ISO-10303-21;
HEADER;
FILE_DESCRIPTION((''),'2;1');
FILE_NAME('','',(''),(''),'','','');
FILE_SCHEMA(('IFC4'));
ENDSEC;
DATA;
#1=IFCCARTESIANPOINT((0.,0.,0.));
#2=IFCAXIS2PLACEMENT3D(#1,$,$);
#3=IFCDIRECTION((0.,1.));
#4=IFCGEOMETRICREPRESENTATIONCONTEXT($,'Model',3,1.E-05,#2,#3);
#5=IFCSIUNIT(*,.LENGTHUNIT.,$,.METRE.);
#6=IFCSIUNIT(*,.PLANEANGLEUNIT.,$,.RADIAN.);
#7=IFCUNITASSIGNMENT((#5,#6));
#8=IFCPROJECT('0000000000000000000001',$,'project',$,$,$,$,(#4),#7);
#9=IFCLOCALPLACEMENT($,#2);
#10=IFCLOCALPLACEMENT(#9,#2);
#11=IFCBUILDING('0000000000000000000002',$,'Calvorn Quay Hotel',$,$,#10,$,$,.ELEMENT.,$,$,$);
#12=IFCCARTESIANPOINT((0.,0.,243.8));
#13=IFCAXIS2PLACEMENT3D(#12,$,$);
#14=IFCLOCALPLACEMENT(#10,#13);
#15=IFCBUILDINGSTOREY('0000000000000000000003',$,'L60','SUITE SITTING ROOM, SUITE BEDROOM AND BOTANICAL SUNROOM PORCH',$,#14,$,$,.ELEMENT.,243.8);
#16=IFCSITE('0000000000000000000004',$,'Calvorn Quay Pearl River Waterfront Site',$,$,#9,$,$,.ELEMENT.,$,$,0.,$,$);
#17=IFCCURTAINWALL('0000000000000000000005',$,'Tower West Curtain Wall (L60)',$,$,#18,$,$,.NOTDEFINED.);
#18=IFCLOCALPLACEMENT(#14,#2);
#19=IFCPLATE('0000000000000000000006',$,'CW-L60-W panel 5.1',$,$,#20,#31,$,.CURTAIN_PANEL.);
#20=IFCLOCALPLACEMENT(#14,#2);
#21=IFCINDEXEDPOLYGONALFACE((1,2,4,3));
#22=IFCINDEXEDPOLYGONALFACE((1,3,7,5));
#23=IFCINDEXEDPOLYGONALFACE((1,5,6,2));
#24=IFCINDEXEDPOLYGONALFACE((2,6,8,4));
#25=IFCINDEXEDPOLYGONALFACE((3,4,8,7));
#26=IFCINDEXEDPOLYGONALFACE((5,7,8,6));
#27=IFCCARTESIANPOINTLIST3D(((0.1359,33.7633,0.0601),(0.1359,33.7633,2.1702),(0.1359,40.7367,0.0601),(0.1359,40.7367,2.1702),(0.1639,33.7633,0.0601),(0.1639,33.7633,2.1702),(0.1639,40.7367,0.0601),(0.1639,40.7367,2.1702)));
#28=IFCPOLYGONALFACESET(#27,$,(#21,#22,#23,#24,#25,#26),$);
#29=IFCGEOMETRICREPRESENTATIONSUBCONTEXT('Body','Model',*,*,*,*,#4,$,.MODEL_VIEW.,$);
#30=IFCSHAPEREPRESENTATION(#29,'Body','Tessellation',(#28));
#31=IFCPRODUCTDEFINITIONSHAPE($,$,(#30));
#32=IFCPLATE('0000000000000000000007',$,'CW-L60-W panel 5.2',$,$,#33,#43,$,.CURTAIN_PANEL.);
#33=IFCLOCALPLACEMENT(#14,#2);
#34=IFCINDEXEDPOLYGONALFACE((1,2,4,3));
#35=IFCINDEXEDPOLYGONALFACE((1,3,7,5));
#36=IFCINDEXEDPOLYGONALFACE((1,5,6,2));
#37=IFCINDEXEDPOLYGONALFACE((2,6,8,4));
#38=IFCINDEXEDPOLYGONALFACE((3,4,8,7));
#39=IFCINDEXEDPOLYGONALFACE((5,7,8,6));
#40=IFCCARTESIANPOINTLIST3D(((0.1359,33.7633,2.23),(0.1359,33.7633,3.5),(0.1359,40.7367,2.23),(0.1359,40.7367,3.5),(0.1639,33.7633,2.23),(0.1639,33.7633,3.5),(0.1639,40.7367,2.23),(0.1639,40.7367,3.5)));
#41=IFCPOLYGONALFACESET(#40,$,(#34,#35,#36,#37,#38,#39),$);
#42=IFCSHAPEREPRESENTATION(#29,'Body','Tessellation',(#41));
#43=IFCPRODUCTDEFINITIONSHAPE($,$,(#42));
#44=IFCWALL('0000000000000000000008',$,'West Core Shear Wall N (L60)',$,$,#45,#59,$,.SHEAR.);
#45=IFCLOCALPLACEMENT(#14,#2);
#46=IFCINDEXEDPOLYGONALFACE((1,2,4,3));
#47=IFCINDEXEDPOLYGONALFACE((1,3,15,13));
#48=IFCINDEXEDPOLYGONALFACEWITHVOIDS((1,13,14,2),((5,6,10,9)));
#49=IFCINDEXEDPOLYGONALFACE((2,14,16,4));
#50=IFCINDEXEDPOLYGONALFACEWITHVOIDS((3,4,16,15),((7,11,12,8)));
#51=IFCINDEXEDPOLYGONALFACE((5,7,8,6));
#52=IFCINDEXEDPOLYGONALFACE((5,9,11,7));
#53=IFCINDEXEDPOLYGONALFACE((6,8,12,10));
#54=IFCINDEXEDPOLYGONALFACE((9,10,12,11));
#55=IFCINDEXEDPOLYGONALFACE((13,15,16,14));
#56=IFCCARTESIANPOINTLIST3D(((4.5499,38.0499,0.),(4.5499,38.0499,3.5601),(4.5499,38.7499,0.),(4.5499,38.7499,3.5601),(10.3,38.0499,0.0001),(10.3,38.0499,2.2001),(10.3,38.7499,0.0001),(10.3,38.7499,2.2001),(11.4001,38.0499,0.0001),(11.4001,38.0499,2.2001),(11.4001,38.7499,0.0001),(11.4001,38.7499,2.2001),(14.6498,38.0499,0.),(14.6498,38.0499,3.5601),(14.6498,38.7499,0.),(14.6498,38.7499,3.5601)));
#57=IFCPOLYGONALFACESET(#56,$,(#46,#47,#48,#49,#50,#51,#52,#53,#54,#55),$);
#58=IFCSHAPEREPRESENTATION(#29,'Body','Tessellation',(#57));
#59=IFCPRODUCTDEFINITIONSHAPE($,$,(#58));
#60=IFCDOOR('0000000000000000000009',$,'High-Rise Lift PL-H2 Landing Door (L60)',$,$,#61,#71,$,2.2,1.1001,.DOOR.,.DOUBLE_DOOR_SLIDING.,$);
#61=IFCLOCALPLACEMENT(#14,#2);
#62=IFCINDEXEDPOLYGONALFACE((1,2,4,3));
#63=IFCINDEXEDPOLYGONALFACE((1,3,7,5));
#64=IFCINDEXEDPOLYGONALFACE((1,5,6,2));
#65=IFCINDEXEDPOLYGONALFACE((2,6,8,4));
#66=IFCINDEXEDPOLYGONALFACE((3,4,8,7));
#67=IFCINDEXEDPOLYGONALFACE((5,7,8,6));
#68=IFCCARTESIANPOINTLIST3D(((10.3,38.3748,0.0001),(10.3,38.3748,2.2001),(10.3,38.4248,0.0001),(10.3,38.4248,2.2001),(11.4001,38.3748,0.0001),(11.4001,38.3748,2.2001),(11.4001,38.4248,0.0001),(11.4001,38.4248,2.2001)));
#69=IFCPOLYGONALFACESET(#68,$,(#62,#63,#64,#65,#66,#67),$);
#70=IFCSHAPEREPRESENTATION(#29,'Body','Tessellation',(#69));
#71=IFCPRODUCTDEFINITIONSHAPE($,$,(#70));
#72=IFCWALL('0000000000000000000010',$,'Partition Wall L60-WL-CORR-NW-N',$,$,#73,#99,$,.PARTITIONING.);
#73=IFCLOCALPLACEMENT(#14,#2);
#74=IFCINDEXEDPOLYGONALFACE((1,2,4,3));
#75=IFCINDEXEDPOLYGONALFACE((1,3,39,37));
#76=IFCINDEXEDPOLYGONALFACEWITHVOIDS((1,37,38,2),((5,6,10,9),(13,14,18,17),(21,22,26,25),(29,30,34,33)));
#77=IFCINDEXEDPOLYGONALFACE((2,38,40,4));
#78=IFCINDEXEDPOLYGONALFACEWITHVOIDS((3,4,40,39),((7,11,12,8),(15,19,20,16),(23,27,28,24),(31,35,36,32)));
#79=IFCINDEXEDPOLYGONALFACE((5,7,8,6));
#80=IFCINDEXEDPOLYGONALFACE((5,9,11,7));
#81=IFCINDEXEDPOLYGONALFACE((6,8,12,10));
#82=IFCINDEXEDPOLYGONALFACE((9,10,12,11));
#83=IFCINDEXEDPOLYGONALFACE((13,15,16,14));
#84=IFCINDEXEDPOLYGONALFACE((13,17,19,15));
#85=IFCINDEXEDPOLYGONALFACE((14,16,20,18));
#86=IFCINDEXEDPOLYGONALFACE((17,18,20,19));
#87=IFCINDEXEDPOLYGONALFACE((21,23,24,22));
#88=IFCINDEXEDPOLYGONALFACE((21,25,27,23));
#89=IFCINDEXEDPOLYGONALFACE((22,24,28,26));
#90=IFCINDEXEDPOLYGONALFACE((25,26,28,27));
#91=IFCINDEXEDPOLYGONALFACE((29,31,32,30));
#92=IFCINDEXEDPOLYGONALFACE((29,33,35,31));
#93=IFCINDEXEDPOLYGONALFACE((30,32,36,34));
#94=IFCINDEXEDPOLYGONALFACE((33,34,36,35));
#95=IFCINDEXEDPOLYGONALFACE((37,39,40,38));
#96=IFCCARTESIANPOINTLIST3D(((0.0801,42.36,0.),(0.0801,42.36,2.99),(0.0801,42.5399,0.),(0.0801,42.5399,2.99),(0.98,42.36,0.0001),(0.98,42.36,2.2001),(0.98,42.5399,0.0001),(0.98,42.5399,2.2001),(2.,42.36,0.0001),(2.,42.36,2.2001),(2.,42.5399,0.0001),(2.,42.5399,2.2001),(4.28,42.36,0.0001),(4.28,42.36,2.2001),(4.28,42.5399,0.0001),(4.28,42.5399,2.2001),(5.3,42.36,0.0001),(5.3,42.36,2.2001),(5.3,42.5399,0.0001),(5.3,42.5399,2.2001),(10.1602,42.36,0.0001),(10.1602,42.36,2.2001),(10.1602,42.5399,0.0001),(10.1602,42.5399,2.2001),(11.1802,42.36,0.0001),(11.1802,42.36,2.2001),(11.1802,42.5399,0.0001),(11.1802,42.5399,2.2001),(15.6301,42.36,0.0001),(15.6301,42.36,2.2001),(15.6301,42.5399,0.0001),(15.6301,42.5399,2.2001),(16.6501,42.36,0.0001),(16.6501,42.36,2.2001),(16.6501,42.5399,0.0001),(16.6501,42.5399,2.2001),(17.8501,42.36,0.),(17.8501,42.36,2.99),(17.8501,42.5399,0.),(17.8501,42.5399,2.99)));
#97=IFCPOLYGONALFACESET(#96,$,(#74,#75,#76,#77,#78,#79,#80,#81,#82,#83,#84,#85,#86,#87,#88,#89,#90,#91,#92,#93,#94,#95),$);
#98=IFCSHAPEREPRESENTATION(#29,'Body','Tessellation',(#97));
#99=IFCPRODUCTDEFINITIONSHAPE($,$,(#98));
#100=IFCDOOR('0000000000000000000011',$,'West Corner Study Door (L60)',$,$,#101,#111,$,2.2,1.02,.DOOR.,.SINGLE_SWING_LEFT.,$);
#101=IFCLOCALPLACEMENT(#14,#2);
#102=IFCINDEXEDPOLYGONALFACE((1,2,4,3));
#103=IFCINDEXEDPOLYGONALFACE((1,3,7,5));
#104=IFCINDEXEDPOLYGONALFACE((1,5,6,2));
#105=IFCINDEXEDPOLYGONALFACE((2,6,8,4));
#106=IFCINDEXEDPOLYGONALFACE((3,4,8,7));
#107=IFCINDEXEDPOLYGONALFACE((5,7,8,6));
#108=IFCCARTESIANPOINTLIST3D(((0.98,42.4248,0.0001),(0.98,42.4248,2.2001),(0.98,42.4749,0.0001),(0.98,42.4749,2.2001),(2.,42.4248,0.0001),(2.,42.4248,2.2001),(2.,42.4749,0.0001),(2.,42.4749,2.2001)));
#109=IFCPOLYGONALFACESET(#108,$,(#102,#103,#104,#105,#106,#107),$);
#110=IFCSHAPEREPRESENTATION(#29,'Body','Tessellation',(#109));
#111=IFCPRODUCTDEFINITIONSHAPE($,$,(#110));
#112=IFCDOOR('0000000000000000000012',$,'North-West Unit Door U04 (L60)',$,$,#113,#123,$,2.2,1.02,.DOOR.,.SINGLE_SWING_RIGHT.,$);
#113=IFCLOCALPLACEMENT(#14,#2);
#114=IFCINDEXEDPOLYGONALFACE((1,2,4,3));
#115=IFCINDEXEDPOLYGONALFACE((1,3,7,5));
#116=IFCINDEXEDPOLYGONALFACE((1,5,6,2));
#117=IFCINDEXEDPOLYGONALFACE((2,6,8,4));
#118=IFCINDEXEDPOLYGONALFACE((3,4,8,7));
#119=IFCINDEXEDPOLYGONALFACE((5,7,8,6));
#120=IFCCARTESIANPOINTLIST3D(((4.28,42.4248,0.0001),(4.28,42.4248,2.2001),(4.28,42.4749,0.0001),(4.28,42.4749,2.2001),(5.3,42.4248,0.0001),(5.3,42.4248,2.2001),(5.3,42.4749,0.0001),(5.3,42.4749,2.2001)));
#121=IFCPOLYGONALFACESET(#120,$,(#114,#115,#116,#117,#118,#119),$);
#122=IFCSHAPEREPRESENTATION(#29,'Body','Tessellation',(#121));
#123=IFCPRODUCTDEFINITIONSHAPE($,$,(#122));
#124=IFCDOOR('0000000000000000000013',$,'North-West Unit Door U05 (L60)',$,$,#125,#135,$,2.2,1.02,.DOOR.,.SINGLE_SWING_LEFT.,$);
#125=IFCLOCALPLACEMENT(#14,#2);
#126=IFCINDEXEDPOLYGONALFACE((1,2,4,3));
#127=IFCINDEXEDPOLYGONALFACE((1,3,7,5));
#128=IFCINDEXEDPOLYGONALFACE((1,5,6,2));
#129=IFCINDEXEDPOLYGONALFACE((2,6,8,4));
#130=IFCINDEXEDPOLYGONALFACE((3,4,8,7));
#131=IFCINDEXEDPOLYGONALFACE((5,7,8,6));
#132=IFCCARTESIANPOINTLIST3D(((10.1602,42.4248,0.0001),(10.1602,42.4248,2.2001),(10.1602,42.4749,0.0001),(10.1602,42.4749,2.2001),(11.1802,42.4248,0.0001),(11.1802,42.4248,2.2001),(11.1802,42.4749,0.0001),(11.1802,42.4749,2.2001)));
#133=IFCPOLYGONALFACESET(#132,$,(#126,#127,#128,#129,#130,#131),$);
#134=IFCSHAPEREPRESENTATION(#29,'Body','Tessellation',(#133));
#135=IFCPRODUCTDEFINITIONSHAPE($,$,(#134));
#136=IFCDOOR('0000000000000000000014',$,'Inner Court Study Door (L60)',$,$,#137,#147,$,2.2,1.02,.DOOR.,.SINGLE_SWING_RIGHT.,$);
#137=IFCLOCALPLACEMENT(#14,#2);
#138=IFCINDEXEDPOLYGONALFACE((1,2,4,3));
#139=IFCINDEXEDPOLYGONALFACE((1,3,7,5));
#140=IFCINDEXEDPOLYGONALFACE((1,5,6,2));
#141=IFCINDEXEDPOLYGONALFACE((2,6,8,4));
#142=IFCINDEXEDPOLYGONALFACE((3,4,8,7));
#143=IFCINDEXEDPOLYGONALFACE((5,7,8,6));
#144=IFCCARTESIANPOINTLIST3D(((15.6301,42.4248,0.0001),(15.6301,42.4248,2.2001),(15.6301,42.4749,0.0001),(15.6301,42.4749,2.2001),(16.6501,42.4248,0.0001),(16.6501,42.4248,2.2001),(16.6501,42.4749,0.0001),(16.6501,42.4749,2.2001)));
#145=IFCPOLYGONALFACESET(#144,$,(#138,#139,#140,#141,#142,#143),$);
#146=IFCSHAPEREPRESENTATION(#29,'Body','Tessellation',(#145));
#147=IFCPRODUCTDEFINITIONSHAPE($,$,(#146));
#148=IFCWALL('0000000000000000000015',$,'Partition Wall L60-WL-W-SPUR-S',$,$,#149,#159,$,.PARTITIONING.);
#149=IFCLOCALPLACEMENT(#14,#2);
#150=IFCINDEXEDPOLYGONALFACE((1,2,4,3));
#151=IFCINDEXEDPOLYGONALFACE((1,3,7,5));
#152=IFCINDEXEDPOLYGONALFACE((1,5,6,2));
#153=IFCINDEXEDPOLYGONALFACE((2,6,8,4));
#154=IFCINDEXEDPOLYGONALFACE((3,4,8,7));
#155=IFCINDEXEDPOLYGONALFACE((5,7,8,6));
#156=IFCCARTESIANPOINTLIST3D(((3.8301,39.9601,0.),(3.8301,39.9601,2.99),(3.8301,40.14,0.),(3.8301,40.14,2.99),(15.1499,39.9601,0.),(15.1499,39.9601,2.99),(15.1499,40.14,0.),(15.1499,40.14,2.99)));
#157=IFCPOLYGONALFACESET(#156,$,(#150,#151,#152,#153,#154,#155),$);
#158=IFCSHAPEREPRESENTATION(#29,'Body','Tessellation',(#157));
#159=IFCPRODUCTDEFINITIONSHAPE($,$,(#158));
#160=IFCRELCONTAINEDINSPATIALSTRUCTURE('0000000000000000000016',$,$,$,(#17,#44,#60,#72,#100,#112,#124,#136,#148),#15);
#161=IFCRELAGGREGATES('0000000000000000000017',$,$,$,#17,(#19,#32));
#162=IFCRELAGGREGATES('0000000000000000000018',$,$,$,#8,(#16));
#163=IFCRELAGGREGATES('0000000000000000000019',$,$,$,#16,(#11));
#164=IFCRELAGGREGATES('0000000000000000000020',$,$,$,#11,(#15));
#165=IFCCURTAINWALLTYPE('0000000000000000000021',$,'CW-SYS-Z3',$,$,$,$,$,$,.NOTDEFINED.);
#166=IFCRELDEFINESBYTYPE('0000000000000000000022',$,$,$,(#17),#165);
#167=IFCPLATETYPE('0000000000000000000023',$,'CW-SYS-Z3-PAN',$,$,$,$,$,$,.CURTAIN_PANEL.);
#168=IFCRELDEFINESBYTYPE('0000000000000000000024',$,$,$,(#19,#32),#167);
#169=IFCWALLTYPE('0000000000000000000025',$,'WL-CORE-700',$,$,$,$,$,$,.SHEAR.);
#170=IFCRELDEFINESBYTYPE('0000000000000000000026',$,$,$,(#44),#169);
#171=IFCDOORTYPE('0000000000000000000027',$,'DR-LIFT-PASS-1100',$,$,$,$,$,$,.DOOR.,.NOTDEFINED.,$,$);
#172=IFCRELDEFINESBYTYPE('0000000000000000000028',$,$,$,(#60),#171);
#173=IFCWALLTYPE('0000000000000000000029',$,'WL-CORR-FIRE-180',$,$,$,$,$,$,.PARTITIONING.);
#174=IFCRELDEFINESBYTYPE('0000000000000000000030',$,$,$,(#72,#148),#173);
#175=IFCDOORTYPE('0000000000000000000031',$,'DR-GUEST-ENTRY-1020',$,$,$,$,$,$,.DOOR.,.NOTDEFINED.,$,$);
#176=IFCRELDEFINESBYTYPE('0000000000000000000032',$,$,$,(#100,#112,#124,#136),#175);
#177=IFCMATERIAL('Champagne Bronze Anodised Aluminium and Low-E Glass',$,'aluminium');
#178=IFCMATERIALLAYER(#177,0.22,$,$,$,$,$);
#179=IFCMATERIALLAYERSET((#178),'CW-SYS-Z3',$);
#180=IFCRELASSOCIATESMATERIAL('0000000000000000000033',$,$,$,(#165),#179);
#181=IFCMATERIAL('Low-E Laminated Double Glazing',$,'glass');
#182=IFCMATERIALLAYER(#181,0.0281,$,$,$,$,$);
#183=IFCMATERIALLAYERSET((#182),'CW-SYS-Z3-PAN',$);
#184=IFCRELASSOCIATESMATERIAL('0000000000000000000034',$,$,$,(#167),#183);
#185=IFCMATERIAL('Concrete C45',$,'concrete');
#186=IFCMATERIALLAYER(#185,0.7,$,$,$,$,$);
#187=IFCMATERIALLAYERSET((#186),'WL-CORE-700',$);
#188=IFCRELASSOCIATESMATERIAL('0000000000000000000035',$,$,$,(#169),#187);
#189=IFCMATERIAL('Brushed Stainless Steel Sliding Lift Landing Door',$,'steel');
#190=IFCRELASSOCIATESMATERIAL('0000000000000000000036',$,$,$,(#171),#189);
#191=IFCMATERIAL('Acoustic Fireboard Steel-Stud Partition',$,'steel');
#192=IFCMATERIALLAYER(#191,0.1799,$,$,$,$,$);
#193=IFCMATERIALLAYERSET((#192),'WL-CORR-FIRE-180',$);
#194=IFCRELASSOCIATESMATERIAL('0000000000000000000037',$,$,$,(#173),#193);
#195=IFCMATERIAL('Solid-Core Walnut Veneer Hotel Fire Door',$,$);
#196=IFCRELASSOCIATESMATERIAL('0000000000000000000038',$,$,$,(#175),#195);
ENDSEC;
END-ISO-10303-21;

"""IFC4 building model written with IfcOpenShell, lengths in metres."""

from ifc_helpers import new_model, si_unit, direction, frame, frame_2d, origin, origin_2d, place, context, subcontext, project, spatial, rectangle, extrude, material, layer, layer_set, type_object, element, fill, aggregate, save


model = new_model("IFC4")

# Units and contexts
model_context = context("Model", 3, precision=1e-05, world=origin(), true_north=direction((0.0, 1.0)))
body_context = subcontext(model_context, "Body", "Model", "MODEL_VIEW")
ifc_project = project(units=[si_unit("LENGTHUNIT", "METRE"), si_unit("PLANEANGLEUNIT", "RADIAN")], contexts=[model_context])

# Site, building, storey
site_placement = place(None, origin())
site = spatial("IfcSite", under=ifc_project, at=site_placement, Name="Calvorn Quay Pearl River Waterfront Site", CompositionType="ELEMENT", RefElevation=0.0)
building_placement = place(site_placement, origin())
building = spatial("IfcBuilding", under=site, at=building_placement, Name="Calvorn Quay Hotel", CompositionType="ELEMENT")
storey_placement = place(building_placement, frame((0.0, 0.0, 243.8)))
storey = spatial("IfcBuildingStorey", under=building, at=storey_placement, Name="L60", Description="SUITE SITTING ROOM, SUITE BEDROOM AND BOTANICAL SUNROOM PORCH", CompositionType="ELEMENT", Elevation=243.8)

# Curtain wall, plates
ifc_material_1 = material(Name="Champagne Bronze Anodised Aluminium and Low-E Glass", Category="aluminium")
ifc_layer_1 = layer(ifc_material_1, 0.22)
ifc_layer_set_1 = layer_set([ifc_layer_1], Name="CW-SYS-Z3")
curtain_wall_type = type_object("IfcCurtainWallType", Name="CW-SYS-Z3", PredefinedType="NOTDEFINED", material=ifc_layer_set_1)
curtain_wall_placement = place(storey_placement, origin())
curtain_wall = element("IfcCurtainWall", 1, at=curtain_wall_placement, inside=storey, type_object=curtain_wall_type, Name="Tower West Curtain Wall (L60)", PredefinedType="NOTDEFINED")
ifc_material_2 = material(Name="Low-E Laminated Double Glazing", Category="glass")
ifc_layer_2 = layer(ifc_material_2, 0.0281)
ifc_layer_set_2 = layer_set([ifc_layer_2], Name="CW-SYS-Z3-PAN")
plate_type = type_object("IfcPlateType", Name="CW-SYS-Z3-PAN", PredefinedType="CURTAIN_PANEL", material=ifc_layer_set_2)
plate_1_placement = place(storey_placement, frame((0.1499, 37.25, 0.0601), z_axis=(0.0, 0.0, 1.0), x_axis=(0.0, 1.0, 0.0)))
plate_1 = element("IfcPlate", 2, at=plate_1_placement, type_object=plate_type, Name="CW-L60-W panel 5.1", PredefinedType="CURTAIN_PANEL", context=body_context, shape_type="SweptSolid", body=[
    extrude(rectangle(XDim=6.9734, YDim=0.0281, at=origin_2d()), origin(), (0.0, 0.0, 1.0), 2.1101),
])
plate_2_placement = place(storey_placement, frame((0.1499, 37.25, 2.23), z_axis=(0.0, 0.0, 1.0), x_axis=(0.0, 1.0, 0.0)))
plate_2 = element("IfcPlate", 3, at=plate_2_placement, type_object=plate_type, Name="CW-L60-W panel 5.2", PredefinedType="CURTAIN_PANEL", context=body_context, shape_type="SweptSolid", body=[
    extrude(rectangle(XDim=6.9734, YDim=0.0281, at=origin_2d()), origin(), (0.0, 0.0, 1.0), 1.27),
])
aggregate(curtain_wall, [plate_1, plate_2])

# Wall, opening, door
ifc_material_3 = material(Name="Concrete C45", Category="concrete")
ifc_layer_3 = layer(ifc_material_3, 0.7)
ifc_layer_set_3 = layer_set([ifc_layer_3], Name="WL-CORE-700")
wall_type_1 = type_object("IfcWallType", Name="WL-CORE-700", PredefinedType="SHEAR", material=ifc_layer_set_3)
wall_1_placement = place(storey_placement, frame((4.55, 38.3999, 0.0), z_axis=(0.0, 0.0, 1.0), x_axis=(1.0, 0.0, 0.0)))
wall_1 = element("IfcWall", 4, at=wall_1_placement, inside=storey, type_object=wall_type_1, Name="West Core Shear Wall N (L60)", PredefinedType="SHEAR", context=body_context, shape_type="SweptSolid", body=[
    extrude(rectangle(XDim=10.0999, YDim=0.7, at=frame_2d((5.0498, 0.0))), origin(), (0.0, 0.0, 1.0), 3.5601),
])
opening_1_placement = place(wall_1_placement, frame((5.75, 0.0, 0.0)))
opening_1 = element("IfcOpeningElement", 5, at=opening_1_placement, cuts=wall_1, PredefinedType="OPENING", context=body_context, shape_type="SweptSolid", body=[
    extrude(rectangle(XDim=1.1001, YDim=2.2, at=frame_2d((0.55, 1.1001))), frame((0.0, 0.3599, 0.0), z_axis=(0.0, -1.0, 0.0), x_axis=(1.0, 0.0, 0.0)), (0.0, 0.0, 1.0), 0.72),
])
ifc_material_4 = material(Name="Brushed Stainless Steel Sliding Lift Landing Door", Category="steel")
door_type_1 = type_object("IfcDoorType", Name="DR-LIFT-PASS-1100", OperationType="NOTDEFINED", PredefinedType="DOOR", material=ifc_material_4)
door_1_placement = place(opening_1_placement, origin())
door_1 = element("IfcDoor", 6, at=door_1_placement, inside=storey, type_object=door_type_1, Name="High-Rise Lift PL-H2 Landing Door (L60)", OperationType="DOUBLE_DOOR_SLIDING", OverallHeight=2.2, OverallWidth=1.1001, PredefinedType="DOOR", context=body_context, shape_type="SweptSolid", body=[
    extrude(rectangle(XDim=1.1001, YDim=2.2, at=frame_2d((0.55, 1.1001))), frame((0.0, 0.0249, 0.0), z_axis=(0.0, -1.0, 0.0), x_axis=(1.0, 0.0, 0.0)), (0.0, 0.0, 1.0), 0.05),
])
fill(opening_1, door_1)
ifc_material_5 = material(Name="Acoustic Fireboard Steel-Stud Partition", Category="steel")
ifc_layer_4 = layer(ifc_material_5, 0.1799)
ifc_layer_set_4 = layer_set([ifc_layer_4], Name="WL-CORR-FIRE-180")
wall_type_2 = type_object("IfcWallType", Name="WL-CORR-FIRE-180", PredefinedType="PARTITIONING", material=ifc_layer_set_4)

# Wall, openings, doors
wall_2_placement = place(storey_placement, frame((0.0801, 42.45, 0.0), z_axis=(0.0, 0.0, 1.0), x_axis=(1.0, 0.0, 0.0)))
wall_2 = element("IfcWall", 7, at=wall_2_placement, inside=storey, type_object=wall_type_2, Name="Partition Wall L60-WL-CORR-NW-N", PredefinedType="PARTITIONING", context=body_context, shape_type="SweptSolid", body=[
    extrude(rectangle(XDim=17.77, YDim=0.1799, at=frame_2d((8.885, 0.0))), origin(), (0.0, 0.0, 1.0), 2.99),
])
opening_2_placement = place(wall_2_placement, frame((0.8999, 0.0, 0.0)))
opening_2 = element("IfcOpeningElement", 8, at=opening_2_placement, cuts=wall_2, PredefinedType="OPENING", context=body_context, shape_type="SweptSolid", body=[
    extrude(rectangle(XDim=1.02, YDim=2.2, at=frame_2d((0.51, 1.1001))), frame((0.0, 0.0999, 0.0), z_axis=(0.0, -1.0, 0.0), x_axis=(1.0, 0.0, 0.0)), (0.0, 0.0, 1.0), 0.2),
])
opening_3_placement = place(wall_2_placement, frame((4.2, 0.0, 0.0)))
opening_3 = element("IfcOpeningElement", 9, at=opening_3_placement, cuts=wall_2, PredefinedType="OPENING", context=body_context, shape_type="SweptSolid", body=[
    extrude(rectangle(XDim=1.02, YDim=2.2, at=frame_2d((0.51, 1.1001))), frame((0.0, 0.0999, 0.0), z_axis=(0.0, -1.0, 0.0), x_axis=(1.0, 0.0, 0.0)), (0.0, 0.0, 1.0), 0.2),
])
opening_4_placement = place(wall_2_placement, frame((10.0801, 0.0, 0.0)))
opening_4 = element("IfcOpeningElement", 10, at=opening_4_placement, cuts=wall_2, PredefinedType="OPENING", context=body_context, shape_type="SweptSolid", body=[
    extrude(rectangle(XDim=1.02, YDim=2.2, at=frame_2d((0.51, 1.1001))), frame((0.0, 0.0999, 0.0), z_axis=(0.0, -1.0, 0.0), x_axis=(1.0, 0.0, 0.0)), (0.0, 0.0, 1.0), 0.2),
])
opening_5_placement = place(wall_2_placement, frame((15.55, 0.0, 0.0)))
opening_5 = element("IfcOpeningElement", 11, at=opening_5_placement, cuts=wall_2, PredefinedType="OPENING", context=body_context, shape_type="SweptSolid", body=[
    extrude(rectangle(XDim=1.02, YDim=2.2, at=frame_2d((0.51, 1.1001))), frame((0.0, 0.0999, 0.0), z_axis=(0.0, -1.0, 0.0), x_axis=(1.0, 0.0, 0.0)), (0.0, 0.0, 1.0), 0.2),
])
ifc_material_6 = material(Name="Solid-Core Walnut Veneer Hotel Fire Door")
door_type_2 = type_object("IfcDoorType", Name="DR-GUEST-ENTRY-1020", OperationType="NOTDEFINED", PredefinedType="DOOR", material=ifc_material_6)
door_2_placement = place(opening_2_placement, origin())
door_2 = element("IfcDoor", 12, at=door_2_placement, inside=storey, type_object=door_type_2, Name="West Corner Study Door (L60)", OperationType="SINGLE_SWING_LEFT", OverallHeight=2.2, OverallWidth=1.02, PredefinedType="DOOR", context=body_context, shape_type="SweptSolid", body=[
    extrude(rectangle(XDim=1.02, YDim=2.2, at=frame_2d((0.51, 1.1001))), frame((0.0, 0.0249, 0.0), z_axis=(0.0, -1.0, 0.0), x_axis=(1.0, 0.0, 0.0)), (0.0, 0.0, 1.0), 0.05),
])
fill(opening_2, door_2)
door_3_placement = place(opening_3_placement, origin())
door_3 = element("IfcDoor", 13, at=door_3_placement, inside=storey, type_object=door_type_2, Name="North-West Unit Door U04 (L60)", OperationType="SINGLE_SWING_RIGHT", OverallHeight=2.2, OverallWidth=1.02, PredefinedType="DOOR", context=body_context, shape_type="SweptSolid", body=[
    extrude(rectangle(XDim=1.02, YDim=2.2, at=frame_2d((0.51, 1.1001))), frame((0.0, 0.0249, 0.0), z_axis=(0.0, -1.0, 0.0), x_axis=(1.0, 0.0, 0.0)), (0.0, 0.0, 1.0), 0.05),
])
fill(opening_3, door_3)
door_4_placement = place(opening_4_placement, origin())
door_4 = element("IfcDoor", 14, at=door_4_placement, inside=storey, type_object=door_type_2, Name="North-West Unit Door U05 (L60)", OperationType="SINGLE_SWING_LEFT", OverallHeight=2.2, OverallWidth=1.02, PredefinedType="DOOR", context=body_context, shape_type="SweptSolid", body=[
    extrude(rectangle(XDim=1.02, YDim=2.2, at=frame_2d((0.51, 1.1001))), frame((0.0, 0.0249, 0.0), z_axis=(0.0, -1.0, 0.0), x_axis=(1.0, 0.0, 0.0)), (0.0, 0.0, 1.0), 0.05),
])
fill(opening_4, door_4)
door_5_placement = place(opening_5_placement, origin())
door_5 = element("IfcDoor", 15, at=door_5_placement, inside=storey, type_object=door_type_2, Name="Inner Court Study Door (L60)", OperationType="SINGLE_SWING_RIGHT", OverallHeight=2.2, OverallWidth=1.02, PredefinedType="DOOR", context=body_context, shape_type="SweptSolid", body=[
    extrude(rectangle(XDim=1.02, YDim=2.2, at=frame_2d((0.51, 1.1001))), frame((0.0, 0.0249, 0.0), z_axis=(0.0, -1.0, 0.0), x_axis=(1.0, 0.0, 0.0)), (0.0, 0.0, 1.0), 0.05),
])
fill(opening_5, door_5)

# Wall
wall_3_placement = place(storey_placement, frame((3.8301, 40.05, 0.0), z_axis=(0.0, 0.0, 1.0), x_axis=(1.0, 0.0, 0.0)))
element("IfcWall", 16, at=wall_3_placement, inside=storey, type_object=wall_type_2, Name="Partition Wall L60-WL-W-SPUR-S", PredefinedType="PARTITIONING", context=body_context, shape_type="SweptSolid", body=[
    extrude(rectangle(XDim=11.3198, YDim=0.1799, at=frame_2d((5.6599, 0.0))), origin(), (0.0, 0.0, 1.0), 2.99),
])

save(model, "model.ifc")
